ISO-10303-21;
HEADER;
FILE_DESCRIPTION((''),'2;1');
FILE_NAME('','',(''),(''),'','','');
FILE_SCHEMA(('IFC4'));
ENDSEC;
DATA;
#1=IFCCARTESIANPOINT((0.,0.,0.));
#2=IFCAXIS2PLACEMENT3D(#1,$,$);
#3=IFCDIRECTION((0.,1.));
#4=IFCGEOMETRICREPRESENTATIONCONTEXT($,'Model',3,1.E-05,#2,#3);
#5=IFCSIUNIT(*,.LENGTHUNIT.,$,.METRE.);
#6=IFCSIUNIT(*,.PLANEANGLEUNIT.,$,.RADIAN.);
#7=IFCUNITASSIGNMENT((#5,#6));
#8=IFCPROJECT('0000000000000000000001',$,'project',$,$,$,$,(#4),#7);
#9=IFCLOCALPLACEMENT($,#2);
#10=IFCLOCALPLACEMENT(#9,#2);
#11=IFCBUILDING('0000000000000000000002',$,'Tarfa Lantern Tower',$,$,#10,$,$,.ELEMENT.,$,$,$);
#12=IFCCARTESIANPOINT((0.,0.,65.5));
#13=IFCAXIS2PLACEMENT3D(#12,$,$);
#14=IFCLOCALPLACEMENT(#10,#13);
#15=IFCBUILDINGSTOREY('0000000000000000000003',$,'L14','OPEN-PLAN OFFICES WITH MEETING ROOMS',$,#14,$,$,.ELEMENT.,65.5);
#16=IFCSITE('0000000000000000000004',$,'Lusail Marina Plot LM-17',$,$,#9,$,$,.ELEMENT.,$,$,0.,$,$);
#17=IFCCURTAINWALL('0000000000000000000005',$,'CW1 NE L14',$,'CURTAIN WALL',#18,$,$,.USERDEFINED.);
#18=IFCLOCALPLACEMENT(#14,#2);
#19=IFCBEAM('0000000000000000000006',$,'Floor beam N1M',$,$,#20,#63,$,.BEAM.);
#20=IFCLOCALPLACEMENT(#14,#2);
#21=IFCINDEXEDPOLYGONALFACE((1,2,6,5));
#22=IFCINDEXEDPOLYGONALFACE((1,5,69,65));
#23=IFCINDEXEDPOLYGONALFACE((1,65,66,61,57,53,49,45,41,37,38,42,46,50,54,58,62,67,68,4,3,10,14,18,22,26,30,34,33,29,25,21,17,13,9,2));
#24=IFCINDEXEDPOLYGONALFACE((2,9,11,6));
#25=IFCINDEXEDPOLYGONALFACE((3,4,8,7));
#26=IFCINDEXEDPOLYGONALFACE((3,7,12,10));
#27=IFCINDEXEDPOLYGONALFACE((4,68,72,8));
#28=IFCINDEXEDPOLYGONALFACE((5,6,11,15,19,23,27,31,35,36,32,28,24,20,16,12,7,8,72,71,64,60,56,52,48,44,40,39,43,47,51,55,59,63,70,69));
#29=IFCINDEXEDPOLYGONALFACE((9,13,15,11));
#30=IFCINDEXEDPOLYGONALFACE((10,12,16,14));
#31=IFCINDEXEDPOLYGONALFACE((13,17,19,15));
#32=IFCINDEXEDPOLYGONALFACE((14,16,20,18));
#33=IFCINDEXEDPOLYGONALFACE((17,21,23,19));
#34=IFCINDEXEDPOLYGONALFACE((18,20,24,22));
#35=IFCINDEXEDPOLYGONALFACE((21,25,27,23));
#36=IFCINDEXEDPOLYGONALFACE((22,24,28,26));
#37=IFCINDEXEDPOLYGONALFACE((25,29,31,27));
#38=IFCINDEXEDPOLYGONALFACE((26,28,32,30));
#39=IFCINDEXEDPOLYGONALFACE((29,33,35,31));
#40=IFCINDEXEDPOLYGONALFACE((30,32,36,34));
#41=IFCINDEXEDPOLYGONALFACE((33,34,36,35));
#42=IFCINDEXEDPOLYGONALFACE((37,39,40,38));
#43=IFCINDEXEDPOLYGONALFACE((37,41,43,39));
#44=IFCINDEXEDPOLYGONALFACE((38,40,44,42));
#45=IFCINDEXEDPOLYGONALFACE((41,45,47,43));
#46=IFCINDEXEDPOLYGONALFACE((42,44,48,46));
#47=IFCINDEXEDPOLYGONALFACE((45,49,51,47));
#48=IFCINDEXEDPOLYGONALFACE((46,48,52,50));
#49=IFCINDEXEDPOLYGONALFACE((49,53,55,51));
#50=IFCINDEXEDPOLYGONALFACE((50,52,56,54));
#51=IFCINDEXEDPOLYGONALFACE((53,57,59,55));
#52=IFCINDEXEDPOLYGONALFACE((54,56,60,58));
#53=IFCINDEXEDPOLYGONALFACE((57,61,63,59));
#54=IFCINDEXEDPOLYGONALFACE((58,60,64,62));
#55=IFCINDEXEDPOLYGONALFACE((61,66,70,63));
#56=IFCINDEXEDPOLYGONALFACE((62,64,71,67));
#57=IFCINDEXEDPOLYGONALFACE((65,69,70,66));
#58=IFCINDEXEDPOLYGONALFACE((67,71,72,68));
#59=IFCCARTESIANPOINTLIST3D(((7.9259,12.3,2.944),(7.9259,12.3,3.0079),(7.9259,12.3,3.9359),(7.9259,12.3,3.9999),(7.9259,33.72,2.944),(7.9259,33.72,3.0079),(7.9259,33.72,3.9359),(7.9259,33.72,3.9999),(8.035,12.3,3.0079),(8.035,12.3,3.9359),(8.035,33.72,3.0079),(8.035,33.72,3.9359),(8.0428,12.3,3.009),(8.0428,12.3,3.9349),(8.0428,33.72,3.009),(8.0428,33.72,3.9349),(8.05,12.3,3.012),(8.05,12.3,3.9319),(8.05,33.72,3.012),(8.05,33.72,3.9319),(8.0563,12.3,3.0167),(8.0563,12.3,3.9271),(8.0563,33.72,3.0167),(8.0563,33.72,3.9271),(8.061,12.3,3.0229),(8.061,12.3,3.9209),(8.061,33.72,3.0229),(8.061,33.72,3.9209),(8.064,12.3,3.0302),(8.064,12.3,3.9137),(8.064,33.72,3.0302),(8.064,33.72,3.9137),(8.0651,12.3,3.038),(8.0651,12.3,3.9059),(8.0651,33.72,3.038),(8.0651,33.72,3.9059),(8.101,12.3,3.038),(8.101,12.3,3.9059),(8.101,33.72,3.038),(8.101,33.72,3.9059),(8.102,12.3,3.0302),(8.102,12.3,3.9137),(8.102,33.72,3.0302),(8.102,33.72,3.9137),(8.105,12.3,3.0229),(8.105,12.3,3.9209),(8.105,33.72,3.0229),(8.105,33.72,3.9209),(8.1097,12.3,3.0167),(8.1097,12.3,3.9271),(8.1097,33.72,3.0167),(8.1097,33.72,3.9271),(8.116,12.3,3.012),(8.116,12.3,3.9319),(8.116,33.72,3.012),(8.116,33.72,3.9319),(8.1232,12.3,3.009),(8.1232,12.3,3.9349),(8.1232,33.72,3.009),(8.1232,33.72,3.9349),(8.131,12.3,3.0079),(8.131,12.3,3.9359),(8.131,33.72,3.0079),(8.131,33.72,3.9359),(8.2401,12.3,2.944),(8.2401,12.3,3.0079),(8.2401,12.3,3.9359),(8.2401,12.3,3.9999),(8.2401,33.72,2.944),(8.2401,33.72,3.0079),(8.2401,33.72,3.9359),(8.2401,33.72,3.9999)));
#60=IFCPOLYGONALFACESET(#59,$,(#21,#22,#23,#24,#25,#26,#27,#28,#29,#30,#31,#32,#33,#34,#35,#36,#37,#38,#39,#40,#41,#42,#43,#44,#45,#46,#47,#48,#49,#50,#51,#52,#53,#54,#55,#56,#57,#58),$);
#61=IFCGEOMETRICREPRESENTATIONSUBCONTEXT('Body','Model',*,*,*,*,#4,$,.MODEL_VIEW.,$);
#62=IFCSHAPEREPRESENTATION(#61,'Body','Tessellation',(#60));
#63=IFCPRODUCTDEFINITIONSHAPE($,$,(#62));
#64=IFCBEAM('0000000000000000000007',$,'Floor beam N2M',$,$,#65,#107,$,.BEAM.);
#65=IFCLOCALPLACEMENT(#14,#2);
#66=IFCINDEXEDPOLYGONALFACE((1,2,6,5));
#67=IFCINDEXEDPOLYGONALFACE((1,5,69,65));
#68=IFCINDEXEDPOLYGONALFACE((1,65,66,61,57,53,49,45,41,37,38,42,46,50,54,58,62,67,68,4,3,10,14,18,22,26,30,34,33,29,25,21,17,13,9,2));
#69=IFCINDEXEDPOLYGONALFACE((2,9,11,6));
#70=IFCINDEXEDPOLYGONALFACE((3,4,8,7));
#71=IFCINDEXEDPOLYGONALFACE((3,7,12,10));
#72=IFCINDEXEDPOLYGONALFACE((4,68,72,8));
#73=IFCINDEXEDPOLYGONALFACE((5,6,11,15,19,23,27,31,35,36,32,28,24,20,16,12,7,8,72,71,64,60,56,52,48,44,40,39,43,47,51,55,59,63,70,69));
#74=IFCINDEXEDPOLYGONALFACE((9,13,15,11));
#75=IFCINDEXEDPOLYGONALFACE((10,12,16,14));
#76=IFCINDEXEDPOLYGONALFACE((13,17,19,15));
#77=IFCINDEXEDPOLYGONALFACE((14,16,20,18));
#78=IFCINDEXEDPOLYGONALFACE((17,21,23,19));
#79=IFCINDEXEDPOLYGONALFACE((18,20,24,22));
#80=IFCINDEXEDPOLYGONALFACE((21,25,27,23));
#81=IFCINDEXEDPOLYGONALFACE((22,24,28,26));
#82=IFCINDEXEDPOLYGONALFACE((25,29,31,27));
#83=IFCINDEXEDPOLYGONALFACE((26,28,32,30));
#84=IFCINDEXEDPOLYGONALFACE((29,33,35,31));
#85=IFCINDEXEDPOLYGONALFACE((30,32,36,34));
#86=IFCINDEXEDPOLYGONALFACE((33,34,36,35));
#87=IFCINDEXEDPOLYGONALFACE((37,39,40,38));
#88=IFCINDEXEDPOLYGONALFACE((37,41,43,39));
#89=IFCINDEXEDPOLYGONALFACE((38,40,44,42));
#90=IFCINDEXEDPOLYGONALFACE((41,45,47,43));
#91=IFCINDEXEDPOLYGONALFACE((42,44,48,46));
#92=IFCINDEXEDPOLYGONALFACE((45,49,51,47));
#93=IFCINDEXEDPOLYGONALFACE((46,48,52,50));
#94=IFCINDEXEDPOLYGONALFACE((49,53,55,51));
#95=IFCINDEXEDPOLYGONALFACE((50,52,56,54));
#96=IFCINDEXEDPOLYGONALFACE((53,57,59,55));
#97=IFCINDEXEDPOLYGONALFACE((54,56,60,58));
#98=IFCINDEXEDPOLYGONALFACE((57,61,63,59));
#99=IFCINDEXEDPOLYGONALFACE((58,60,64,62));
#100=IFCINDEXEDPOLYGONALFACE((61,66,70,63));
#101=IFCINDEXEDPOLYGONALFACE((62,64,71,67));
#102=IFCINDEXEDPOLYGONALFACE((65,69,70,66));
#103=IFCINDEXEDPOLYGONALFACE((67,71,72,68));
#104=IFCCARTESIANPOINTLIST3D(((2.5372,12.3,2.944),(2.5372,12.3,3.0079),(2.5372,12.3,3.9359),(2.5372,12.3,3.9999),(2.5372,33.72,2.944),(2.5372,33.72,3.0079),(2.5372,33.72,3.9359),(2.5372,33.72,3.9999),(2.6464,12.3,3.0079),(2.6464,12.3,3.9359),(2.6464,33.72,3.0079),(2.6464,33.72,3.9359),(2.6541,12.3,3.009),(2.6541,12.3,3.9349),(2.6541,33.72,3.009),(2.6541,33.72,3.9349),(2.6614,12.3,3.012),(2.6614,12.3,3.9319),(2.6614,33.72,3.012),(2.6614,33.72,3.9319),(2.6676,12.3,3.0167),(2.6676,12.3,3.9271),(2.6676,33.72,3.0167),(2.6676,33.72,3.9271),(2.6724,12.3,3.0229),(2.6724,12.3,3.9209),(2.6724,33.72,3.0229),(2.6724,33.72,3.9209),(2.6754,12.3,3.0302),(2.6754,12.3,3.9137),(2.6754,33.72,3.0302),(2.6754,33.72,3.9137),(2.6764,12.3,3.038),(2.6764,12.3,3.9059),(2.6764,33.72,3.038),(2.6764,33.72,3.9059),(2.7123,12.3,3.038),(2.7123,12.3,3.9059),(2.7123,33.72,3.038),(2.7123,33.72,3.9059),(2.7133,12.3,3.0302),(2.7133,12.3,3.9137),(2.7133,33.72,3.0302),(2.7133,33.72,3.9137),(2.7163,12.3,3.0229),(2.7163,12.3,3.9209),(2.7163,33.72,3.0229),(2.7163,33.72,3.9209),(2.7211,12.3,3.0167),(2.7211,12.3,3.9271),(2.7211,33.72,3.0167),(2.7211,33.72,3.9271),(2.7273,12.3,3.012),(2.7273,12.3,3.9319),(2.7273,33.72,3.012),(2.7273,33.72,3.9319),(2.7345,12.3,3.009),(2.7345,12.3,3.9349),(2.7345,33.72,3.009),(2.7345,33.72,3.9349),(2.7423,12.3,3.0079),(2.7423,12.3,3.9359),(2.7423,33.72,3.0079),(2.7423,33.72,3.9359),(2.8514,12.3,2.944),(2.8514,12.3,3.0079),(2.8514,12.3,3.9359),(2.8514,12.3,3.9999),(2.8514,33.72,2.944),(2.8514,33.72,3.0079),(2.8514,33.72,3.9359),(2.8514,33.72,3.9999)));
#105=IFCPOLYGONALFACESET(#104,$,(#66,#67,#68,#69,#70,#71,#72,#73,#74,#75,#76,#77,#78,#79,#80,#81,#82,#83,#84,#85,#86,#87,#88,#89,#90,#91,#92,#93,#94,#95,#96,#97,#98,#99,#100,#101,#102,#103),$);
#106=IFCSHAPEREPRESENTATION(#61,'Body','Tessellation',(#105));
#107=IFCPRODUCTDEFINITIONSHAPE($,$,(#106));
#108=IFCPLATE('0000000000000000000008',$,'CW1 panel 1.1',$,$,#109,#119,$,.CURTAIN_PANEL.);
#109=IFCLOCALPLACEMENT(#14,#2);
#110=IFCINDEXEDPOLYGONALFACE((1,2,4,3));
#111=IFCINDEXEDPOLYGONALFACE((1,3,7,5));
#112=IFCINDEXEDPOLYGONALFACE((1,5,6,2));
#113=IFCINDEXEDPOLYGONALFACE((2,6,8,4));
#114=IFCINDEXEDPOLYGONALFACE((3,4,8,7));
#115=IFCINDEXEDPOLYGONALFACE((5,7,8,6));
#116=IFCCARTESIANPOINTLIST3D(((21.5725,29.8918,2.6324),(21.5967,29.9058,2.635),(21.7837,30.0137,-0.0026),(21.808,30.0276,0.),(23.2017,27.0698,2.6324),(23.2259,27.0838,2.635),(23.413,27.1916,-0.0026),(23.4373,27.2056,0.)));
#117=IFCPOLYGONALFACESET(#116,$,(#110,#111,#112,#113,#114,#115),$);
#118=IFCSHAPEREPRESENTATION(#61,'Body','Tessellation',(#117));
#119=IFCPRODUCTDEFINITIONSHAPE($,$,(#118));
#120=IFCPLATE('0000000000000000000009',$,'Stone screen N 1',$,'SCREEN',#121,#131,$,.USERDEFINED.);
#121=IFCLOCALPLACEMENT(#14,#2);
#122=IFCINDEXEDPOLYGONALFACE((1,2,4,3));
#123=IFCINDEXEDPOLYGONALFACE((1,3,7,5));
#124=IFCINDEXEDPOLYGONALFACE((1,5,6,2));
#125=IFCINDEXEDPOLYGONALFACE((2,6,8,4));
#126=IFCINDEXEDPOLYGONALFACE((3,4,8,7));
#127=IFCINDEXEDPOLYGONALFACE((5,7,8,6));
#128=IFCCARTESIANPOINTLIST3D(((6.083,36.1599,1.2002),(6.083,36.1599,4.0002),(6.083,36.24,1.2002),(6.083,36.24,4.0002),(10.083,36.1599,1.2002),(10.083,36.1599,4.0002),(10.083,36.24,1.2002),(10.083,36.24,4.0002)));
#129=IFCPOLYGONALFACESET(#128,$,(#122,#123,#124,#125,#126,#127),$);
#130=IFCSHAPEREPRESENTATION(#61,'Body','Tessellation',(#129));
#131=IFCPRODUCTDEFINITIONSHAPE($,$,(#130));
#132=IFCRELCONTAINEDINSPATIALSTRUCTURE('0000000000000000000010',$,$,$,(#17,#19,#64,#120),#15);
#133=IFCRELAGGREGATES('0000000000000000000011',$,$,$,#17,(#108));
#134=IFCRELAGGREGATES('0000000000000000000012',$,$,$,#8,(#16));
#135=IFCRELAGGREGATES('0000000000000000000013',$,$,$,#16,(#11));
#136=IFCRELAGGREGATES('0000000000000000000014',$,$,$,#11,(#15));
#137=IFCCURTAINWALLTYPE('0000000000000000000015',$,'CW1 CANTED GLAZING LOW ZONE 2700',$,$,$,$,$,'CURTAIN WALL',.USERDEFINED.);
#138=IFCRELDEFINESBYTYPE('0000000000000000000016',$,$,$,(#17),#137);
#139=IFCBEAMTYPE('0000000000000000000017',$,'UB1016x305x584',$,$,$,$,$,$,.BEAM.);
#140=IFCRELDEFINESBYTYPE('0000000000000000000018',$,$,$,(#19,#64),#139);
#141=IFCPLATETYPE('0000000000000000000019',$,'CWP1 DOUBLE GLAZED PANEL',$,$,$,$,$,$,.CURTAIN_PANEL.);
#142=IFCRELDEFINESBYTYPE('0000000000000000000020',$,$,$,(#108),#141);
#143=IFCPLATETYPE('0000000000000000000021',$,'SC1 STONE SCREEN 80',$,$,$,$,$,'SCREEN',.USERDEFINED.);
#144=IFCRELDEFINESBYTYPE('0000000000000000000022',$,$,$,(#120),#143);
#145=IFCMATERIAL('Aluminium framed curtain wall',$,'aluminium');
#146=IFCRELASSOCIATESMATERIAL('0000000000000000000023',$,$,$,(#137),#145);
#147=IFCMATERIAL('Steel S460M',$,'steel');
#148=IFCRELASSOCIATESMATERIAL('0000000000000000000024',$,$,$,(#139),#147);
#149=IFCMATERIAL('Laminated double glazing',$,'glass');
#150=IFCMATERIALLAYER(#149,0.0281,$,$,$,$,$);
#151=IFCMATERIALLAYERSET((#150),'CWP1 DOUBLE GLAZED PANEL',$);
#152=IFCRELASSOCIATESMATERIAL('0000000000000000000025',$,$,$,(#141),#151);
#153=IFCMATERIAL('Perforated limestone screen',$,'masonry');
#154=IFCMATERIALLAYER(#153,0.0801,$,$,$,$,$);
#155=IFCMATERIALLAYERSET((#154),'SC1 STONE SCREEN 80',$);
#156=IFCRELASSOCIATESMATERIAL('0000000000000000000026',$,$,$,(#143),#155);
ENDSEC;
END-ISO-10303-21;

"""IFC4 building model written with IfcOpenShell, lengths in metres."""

from ifc_helpers import new_model, si_unit, direction, frame, origin, origin_2d, place, context, subcontext, project, spatial, polyline, rectangle, i_section, outline, extrude, material, layer, layer_set, material_profile, profile_set, type_object, element, aggregate, save


model = new_model("IFC4")

# Units and contexts
model_context = context("Model", 3, precision=1e-05, world=origin(), true_north=direction((0.0, 1.0)))
body_context = subcontext(model_context, "Body", "Model", "MODEL_VIEW")
ifc_project = project(units=[si_unit("LENGTHUNIT", "METRE"), si_unit("PLANEANGLEUNIT", "RADIAN")], contexts=[model_context])

# Site, building, storey
site_placement = place(None, origin())
site = spatial("IfcSite", under=ifc_project, at=site_placement, Name="Lusail Marina Plot LM-17", CompositionType="ELEMENT", RefElevation=0.0)
building_placement = place(site_placement, origin())
building = spatial("IfcBuilding", under=site, at=building_placement, Name="Tarfa Lantern Tower", CompositionType="ELEMENT")
storey_placement = place(building_placement, frame((0.0, 0.0, 65.5)))
storey = spatial("IfcBuildingStorey", under=building, at=storey_placement, Name="L14", Description="OPEN-PLAN OFFICES WITH MEETING ROOMS", CompositionType="ELEMENT", Elevation=65.5)

# Curtain wall
ifc_material_1 = material(Name="Aluminium framed curtain wall", Category="aluminium")
curtain_wall_type = type_object("IfcCurtainWallType", Name="CW1 CANTED GLAZING LOW ZONE 2700", ElementType="CURTAIN WALL", PredefinedType="USERDEFINED", material=ifc_material_1)
curtain_wall_placement = place(storey_placement, origin())
curtain_wall = element("IfcCurtainWall", 1, at=curtain_wall_placement, inside=storey, type_object=curtain_wall_type, Name="CW1 NE L14", ObjectType="CURTAIN WALL", PredefinedType="USERDEFINED")

# Beams
ifc_material_2 = material(Name="Steel S460M", Category="steel")
ifc_material_profile_1 = material_profile(ifc_material_2, i_section(OverallWidth=0.3142, OverallDepth=1.0559, WebThickness=0.0359, FlangeThickness=0.064, FilletRadius=0.03, at=origin_2d()), Name="UB1016x305x584")
ifc_profile_set_1 = profile_set([ifc_material_profile_1], Name="Steel S460M")
beam_type_1 = type_object("IfcBeamType", Name="UB1016x305x584", PredefinedType="BEAM", material=ifc_profile_set_1)
for number, where, z_axis, x_axis, name in (
    (2, (8.083, 33.72, 3.4719), (0.0, -1.0, 0.0), (1.0, 0.0, 0.0), "Floor beam N1M"),
    (3, (2.6943, 33.72, 3.4719), (0.0, -1.0, 0.0), (1.0, 0.0, 0.0), "Floor beam N2M"),
):
    element("IfcBeam", number, at=place(storey_placement, frame(where, z_axis=z_axis, x_axis=x_axis)), inside=storey, type_object=beam_type_1, Name=name, PredefinedType="BEAM", context=body_context, shape_type="SweptSolid", body=[
        extrude(i_section(OverallWidth=0.3142, OverallDepth=1.0559, WebThickness=0.0359, FlangeThickness=0.064, FilletRadius=0.03, at=origin_2d()), origin(), (0.0, 0.0, 1.0), 21.4199),
    ])

# Plates
ifc_material_3 = material(Name="Laminated double glazing", Category="glass")
ifc_layer_1 = layer(ifc_material_3, 0.0281)
ifc_layer_set_1 = layer_set([ifc_layer_1], Name="CWP1 DOUBLE GLAZED PANEL")
plate_type_1 = type_object("IfcPlateType", Name="CWP1 DOUBLE GLAZED PANEL", PredefinedType="CURTAIN_PANEL", material=ifc_layer_set_1)
plate_1_placement = place(storey_placement, frame((23.4373, 27.2056, 0.0), z_axis=(0.862342, 0.497867, 0.09217), x_axis=(-0.499995, 0.866028, 0.000003)))
plate_1 = element("IfcPlate", 4, at=plate_1_placement, type_object=plate_type_1, Name="CW1 panel 1.1", PredefinedType="CURTAIN_PANEL", context=body_context, shape_type="SweptSolid", body=[
    extrude(outline(polyline([(0.0, 0.0), (3.2586, 0.0), (3.2587, 2.6463), (0.0002, 2.6463), (0.0, 0.0)])), origin(), (0.0, 0.0, -1.0), 0.0281),
])
aggregate(curtain_wall, [plate_1])
ifc_material_4 = material(Name="Perforated limestone screen", Category="masonry")
ifc_layer_2 = layer(ifc_material_4, 0.0801)
ifc_layer_set_2 = layer_set([ifc_layer_2], Name="SC1 STONE SCREEN 80")
plate_type_2 = type_object("IfcPlateType", Name="SC1 STONE SCREEN 80", ElementType="SCREEN", PredefinedType="USERDEFINED", material=ifc_layer_set_2)
plate_2_placement = place(storey_placement, frame((8.083, 36.2, 1.2002), z_axis=(0.0, 0.0, 1.0), x_axis=(-1.0, 0.0, 0.0)))
element("IfcPlate", 5, at=plate_2_placement, inside=storey, type_object=plate_type_2, Name="Stone screen N 1", ObjectType="SCREEN", PredefinedType="USERDEFINED", context=body_context, shape_type="SweptSolid", body=[
    extrude(rectangle(XDim=4.0, YDim=0.0801, at=origin_2d()), origin(), (0.0, 0.0, 1.0), 2.8),
])

save(model, "model.ifc")
